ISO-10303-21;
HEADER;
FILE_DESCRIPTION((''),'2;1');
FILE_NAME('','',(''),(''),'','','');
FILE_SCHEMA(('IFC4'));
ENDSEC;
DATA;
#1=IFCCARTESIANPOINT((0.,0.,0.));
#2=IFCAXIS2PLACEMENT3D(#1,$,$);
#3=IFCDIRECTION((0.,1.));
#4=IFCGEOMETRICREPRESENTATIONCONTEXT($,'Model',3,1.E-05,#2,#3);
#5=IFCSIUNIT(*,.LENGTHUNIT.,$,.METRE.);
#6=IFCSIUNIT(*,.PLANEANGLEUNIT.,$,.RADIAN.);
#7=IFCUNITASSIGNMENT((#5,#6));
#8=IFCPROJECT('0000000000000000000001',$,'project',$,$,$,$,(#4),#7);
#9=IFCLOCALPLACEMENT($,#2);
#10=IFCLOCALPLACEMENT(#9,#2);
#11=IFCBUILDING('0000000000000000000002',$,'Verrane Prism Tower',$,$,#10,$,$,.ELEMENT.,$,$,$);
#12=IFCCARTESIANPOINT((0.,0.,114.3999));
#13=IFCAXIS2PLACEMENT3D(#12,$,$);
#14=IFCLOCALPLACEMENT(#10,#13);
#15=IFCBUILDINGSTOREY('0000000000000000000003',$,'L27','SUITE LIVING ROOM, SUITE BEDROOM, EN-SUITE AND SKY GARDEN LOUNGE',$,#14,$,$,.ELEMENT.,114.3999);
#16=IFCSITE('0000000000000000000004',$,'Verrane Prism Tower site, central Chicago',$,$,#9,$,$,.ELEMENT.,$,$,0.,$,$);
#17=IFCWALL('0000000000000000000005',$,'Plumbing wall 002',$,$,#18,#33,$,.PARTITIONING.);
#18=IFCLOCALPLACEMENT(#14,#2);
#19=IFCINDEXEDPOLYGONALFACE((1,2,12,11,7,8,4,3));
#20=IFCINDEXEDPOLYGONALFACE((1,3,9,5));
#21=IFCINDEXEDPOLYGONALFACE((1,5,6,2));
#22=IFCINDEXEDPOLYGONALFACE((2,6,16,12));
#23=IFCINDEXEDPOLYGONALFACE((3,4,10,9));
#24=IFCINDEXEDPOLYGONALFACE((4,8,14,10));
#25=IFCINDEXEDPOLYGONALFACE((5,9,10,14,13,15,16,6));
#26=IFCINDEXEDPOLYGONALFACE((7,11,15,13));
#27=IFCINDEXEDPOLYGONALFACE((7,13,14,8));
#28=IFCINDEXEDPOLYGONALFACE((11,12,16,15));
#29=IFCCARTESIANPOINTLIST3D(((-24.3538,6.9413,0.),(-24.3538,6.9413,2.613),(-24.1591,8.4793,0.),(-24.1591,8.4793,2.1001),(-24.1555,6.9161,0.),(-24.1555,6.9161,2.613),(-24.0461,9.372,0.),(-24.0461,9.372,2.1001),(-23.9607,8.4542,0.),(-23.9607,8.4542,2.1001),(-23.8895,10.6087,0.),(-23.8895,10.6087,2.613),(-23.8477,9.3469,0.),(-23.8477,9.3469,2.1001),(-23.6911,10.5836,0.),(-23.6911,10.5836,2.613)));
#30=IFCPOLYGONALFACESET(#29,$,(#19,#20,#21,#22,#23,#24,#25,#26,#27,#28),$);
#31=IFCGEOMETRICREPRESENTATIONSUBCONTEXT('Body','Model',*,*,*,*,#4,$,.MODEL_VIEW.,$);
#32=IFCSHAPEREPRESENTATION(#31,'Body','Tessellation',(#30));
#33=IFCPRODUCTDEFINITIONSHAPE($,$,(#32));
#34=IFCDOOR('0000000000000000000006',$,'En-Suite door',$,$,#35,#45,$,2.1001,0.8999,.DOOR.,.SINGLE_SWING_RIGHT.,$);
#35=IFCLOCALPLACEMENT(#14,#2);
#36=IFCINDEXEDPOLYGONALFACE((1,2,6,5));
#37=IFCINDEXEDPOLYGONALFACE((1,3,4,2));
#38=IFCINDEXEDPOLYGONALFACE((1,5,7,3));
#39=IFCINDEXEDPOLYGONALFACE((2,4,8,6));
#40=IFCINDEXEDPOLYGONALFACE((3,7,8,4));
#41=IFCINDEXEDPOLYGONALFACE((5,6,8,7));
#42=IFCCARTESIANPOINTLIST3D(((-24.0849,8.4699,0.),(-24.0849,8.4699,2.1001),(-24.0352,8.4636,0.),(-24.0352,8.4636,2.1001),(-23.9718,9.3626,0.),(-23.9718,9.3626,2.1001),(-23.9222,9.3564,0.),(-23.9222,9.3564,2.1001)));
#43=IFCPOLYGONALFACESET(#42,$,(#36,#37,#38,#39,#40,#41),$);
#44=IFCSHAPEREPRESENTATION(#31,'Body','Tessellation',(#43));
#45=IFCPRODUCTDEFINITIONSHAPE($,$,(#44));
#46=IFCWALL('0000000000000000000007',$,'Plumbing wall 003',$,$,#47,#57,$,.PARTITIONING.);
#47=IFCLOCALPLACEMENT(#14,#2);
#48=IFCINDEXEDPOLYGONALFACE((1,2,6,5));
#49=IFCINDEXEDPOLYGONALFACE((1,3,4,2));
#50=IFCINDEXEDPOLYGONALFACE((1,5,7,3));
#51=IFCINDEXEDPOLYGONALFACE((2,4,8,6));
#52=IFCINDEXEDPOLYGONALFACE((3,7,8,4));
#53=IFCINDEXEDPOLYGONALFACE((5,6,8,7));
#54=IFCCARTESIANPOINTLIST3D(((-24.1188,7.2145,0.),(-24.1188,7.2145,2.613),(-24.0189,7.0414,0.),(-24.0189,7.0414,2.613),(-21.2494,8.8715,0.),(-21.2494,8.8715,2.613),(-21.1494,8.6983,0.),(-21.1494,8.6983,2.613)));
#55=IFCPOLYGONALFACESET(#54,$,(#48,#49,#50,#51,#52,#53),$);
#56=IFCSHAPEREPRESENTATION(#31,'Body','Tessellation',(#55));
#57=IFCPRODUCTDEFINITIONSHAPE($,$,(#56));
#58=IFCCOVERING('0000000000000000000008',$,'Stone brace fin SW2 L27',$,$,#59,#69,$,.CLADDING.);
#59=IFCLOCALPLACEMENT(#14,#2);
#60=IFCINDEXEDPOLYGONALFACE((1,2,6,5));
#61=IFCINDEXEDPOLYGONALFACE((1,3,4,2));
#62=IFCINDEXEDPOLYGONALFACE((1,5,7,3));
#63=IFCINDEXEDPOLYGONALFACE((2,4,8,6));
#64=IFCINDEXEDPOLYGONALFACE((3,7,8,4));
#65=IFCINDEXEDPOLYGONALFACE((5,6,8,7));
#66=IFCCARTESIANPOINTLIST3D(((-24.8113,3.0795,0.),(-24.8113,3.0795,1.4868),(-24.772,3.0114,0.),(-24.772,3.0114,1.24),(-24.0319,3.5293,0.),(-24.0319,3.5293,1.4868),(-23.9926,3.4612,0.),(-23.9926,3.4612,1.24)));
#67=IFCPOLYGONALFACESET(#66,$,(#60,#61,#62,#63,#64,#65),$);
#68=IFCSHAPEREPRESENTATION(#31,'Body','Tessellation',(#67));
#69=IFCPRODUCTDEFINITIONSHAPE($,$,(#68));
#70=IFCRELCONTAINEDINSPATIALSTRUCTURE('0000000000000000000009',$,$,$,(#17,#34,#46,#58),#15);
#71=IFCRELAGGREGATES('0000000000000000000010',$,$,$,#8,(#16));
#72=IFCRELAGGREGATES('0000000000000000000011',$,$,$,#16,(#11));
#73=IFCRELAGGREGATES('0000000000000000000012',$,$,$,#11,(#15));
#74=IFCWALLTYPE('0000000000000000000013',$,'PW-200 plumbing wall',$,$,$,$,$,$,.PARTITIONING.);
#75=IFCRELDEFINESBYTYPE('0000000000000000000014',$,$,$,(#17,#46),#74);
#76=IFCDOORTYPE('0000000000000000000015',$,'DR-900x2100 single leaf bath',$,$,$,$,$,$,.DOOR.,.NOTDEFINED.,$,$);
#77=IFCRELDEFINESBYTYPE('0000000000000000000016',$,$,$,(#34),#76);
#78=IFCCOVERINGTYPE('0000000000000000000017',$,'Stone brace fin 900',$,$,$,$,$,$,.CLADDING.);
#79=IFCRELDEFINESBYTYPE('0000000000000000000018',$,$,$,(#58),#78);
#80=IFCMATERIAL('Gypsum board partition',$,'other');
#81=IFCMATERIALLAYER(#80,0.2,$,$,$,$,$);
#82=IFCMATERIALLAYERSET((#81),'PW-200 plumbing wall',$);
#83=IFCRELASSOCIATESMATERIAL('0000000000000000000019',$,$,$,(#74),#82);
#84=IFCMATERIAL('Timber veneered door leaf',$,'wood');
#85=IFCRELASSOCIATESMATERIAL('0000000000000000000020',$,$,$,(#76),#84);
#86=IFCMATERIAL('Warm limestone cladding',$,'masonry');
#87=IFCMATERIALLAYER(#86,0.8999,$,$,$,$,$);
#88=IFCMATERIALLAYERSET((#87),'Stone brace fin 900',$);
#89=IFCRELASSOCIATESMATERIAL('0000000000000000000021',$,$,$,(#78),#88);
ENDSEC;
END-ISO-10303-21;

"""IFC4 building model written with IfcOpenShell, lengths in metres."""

from ifc_helpers import new_model, si_unit, direction, frame, frame_2d, origin, place, context, subcontext, project, spatial, polyline, rectangle, outline, extrude, material, layer, layer_set, type_object, element, fill, save


model = new_model("IFC4")

# Units and contexts
model_context = context("Model", 3, precision=1e-05, world=origin(), true_north=direction((0.0, 1.0)))
body_context = subcontext(model_context, "Body", "Model", "MODEL_VIEW")
ifc_project = project(units=[si_unit("LENGTHUNIT", "METRE"), si_unit("PLANEANGLEUNIT", "RADIAN")], contexts=[model_context])

# Site, building, storey
site_placement = place(None, origin())
site = spatial("IfcSite", under=ifc_project, at=site_placement, Name="Verrane Prism Tower site, central Chicago", CompositionType="ELEMENT", RefElevation=0.0)
building_placement = place(site_placement, origin())
building = spatial("IfcBuilding", under=site, at=building_placement, Name="Verrane Prism Tower", CompositionType="ELEMENT")
storey_placement = place(building_placement, frame((0.0, 0.0, 114.3999)))
storey = spatial("IfcBuildingStorey", under=building, at=storey_placement, Name="L27", Description="SUITE LIVING ROOM, SUITE BEDROOM, EN-SUITE AND SKY GARDEN LOUNGE", CompositionType="ELEMENT", Elevation=114.3999)

# Wall, opening, door
ifc_material_1 = material(Name="Gypsum board partition", Category="other")
ifc_layer_1 = layer(ifc_material_1, 0.2)
ifc_layer_set_1 = layer_set([ifc_layer_1], Name="PW-200 plumbing wall")
wall_type_1 = type_object("IfcWallType", Name="PW-200 plumbing wall", PredefinedType="PARTITIONING", material=ifc_layer_set_1)
wall_1_placement = place(storey_placement, frame((-23.7903, 10.5962, 0.0), z_axis=(0.0, 0.0, 1.0), x_axis=(-0.125611, -0.99208, 0.0)))
wall_1 = element("IfcWall", 1, at=wall_1_placement, inside=storey, type_object=wall_type_1, Name="Plumbing wall 002", PredefinedType="PARTITIONING", context=body_context, shape_type="SweptSolid", body=[
    extrude(rectangle(XDim=3.6968, YDim=0.2, at=frame_2d((1.8484, 0.0))), origin(), (0.0, 0.0, 1.0), 2.613),
])
opening_1_placement = place(wall_1_placement, frame((1.2466, 0.0, 0.0)))
opening_1 = element("IfcOpeningElement", 2, at=opening_1_placement, cuts=wall_1, PredefinedType="OPENING", context=body_context, shape_type="SweptSolid", body=[
    extrude(rectangle(XDim=0.8999, YDim=2.1001, at=frame_2d((0.45, 1.05))), frame((0.0, 0.1099, 0.0), z_axis=(0.0, -1.0, 0.0), x_axis=(1.0, 0.0, 0.0)), (0.0, 0.0, 1.0), 0.22),
])
ifc_material_2 = material(Name="Timber veneered door leaf", Category="wood")
door_type_1 = type_object("IfcDoorType", Name="DR-900x2100 single leaf bath", OperationType="NOTDEFINED", PredefinedType="DOOR", material=ifc_material_2)
door_1_placement = place(opening_1_placement, origin())
door_1 = element("IfcDoor", 3, at=door_1_placement, inside=storey, type_object=door_type_1, Name="En-Suite door", OperationType="SINGLE_SWING_RIGHT", OverallHeight=2.1001, OverallWidth=0.8999, PredefinedType="DOOR", context=body_context, shape_type="SweptSolid", body=[
    extrude(rectangle(XDim=0.8999, YDim=2.1001, at=frame_2d((0.45, 1.05))), frame((0.0, 0.0249, 0.0), z_axis=(0.0, -1.0, 0.0), x_axis=(1.0, 0.0, 0.0)), (0.0, 0.0, 1.0), 0.05),
])
fill(opening_1, door_1)

# Wall
wall_2_placement = place(storey_placement, frame((-24.0688, 7.1279, 0.0), z_axis=(0.0, 0.0, 1.0), x_axis=(0.865981, 0.500077, 0.0)))
element("IfcWall", 4, at=wall_2_placement, inside=storey, type_object=wall_type_1, Name="Plumbing wall 003", PredefinedType="PARTITIONING", context=body_context, shape_type="SweptSolid", body=[
    extrude(rectangle(XDim=3.3135, YDim=0.2, at=frame_2d((1.6567, 0.0))), origin(), (0.0, 0.0, 1.0), 2.613),
])

# Covering
ifc_material_3 = material(Name="Warm limestone cladding", Category="masonry")
ifc_layer_2 = layer(ifc_material_3, 0.8999)
ifc_layer_set_2 = layer_set([ifc_layer_2], Name="Stone brace fin 900")
covering_type = type_object("IfcCoveringType", Name="Stone brace fin 900", PredefinedType="CLADDING", material=ifc_layer_set_2)
covering_placement = place(storey_placement, frame((-24.3823, 3.2363, 0.0), z_axis=(0.0, 0.0, 1.0), x_axis=(-0.499812, 0.866134, 0.0)))
element("IfcCovering", 5, at=covering_placement, inside=storey, type_object=covering_type, Name="Stone brace fin SW2 L27", PredefinedType="CLADDING", context=body_context, shape_type="SweptSolid", body=[
    extrude(outline(polyline([(0.0, 0.0), (0.0786, 0.0), (0.0786, 1.4868), (0.0, 1.24), (0.0, 0.0)])), frame((0.0, 0.45, 0.0), z_axis=(0.0, -1.0, 0.0), x_axis=(1.0, 0.0, 0.0)), (0.0, 0.0, 1.0), 0.8999),
])

save(model, "model.ifc")
